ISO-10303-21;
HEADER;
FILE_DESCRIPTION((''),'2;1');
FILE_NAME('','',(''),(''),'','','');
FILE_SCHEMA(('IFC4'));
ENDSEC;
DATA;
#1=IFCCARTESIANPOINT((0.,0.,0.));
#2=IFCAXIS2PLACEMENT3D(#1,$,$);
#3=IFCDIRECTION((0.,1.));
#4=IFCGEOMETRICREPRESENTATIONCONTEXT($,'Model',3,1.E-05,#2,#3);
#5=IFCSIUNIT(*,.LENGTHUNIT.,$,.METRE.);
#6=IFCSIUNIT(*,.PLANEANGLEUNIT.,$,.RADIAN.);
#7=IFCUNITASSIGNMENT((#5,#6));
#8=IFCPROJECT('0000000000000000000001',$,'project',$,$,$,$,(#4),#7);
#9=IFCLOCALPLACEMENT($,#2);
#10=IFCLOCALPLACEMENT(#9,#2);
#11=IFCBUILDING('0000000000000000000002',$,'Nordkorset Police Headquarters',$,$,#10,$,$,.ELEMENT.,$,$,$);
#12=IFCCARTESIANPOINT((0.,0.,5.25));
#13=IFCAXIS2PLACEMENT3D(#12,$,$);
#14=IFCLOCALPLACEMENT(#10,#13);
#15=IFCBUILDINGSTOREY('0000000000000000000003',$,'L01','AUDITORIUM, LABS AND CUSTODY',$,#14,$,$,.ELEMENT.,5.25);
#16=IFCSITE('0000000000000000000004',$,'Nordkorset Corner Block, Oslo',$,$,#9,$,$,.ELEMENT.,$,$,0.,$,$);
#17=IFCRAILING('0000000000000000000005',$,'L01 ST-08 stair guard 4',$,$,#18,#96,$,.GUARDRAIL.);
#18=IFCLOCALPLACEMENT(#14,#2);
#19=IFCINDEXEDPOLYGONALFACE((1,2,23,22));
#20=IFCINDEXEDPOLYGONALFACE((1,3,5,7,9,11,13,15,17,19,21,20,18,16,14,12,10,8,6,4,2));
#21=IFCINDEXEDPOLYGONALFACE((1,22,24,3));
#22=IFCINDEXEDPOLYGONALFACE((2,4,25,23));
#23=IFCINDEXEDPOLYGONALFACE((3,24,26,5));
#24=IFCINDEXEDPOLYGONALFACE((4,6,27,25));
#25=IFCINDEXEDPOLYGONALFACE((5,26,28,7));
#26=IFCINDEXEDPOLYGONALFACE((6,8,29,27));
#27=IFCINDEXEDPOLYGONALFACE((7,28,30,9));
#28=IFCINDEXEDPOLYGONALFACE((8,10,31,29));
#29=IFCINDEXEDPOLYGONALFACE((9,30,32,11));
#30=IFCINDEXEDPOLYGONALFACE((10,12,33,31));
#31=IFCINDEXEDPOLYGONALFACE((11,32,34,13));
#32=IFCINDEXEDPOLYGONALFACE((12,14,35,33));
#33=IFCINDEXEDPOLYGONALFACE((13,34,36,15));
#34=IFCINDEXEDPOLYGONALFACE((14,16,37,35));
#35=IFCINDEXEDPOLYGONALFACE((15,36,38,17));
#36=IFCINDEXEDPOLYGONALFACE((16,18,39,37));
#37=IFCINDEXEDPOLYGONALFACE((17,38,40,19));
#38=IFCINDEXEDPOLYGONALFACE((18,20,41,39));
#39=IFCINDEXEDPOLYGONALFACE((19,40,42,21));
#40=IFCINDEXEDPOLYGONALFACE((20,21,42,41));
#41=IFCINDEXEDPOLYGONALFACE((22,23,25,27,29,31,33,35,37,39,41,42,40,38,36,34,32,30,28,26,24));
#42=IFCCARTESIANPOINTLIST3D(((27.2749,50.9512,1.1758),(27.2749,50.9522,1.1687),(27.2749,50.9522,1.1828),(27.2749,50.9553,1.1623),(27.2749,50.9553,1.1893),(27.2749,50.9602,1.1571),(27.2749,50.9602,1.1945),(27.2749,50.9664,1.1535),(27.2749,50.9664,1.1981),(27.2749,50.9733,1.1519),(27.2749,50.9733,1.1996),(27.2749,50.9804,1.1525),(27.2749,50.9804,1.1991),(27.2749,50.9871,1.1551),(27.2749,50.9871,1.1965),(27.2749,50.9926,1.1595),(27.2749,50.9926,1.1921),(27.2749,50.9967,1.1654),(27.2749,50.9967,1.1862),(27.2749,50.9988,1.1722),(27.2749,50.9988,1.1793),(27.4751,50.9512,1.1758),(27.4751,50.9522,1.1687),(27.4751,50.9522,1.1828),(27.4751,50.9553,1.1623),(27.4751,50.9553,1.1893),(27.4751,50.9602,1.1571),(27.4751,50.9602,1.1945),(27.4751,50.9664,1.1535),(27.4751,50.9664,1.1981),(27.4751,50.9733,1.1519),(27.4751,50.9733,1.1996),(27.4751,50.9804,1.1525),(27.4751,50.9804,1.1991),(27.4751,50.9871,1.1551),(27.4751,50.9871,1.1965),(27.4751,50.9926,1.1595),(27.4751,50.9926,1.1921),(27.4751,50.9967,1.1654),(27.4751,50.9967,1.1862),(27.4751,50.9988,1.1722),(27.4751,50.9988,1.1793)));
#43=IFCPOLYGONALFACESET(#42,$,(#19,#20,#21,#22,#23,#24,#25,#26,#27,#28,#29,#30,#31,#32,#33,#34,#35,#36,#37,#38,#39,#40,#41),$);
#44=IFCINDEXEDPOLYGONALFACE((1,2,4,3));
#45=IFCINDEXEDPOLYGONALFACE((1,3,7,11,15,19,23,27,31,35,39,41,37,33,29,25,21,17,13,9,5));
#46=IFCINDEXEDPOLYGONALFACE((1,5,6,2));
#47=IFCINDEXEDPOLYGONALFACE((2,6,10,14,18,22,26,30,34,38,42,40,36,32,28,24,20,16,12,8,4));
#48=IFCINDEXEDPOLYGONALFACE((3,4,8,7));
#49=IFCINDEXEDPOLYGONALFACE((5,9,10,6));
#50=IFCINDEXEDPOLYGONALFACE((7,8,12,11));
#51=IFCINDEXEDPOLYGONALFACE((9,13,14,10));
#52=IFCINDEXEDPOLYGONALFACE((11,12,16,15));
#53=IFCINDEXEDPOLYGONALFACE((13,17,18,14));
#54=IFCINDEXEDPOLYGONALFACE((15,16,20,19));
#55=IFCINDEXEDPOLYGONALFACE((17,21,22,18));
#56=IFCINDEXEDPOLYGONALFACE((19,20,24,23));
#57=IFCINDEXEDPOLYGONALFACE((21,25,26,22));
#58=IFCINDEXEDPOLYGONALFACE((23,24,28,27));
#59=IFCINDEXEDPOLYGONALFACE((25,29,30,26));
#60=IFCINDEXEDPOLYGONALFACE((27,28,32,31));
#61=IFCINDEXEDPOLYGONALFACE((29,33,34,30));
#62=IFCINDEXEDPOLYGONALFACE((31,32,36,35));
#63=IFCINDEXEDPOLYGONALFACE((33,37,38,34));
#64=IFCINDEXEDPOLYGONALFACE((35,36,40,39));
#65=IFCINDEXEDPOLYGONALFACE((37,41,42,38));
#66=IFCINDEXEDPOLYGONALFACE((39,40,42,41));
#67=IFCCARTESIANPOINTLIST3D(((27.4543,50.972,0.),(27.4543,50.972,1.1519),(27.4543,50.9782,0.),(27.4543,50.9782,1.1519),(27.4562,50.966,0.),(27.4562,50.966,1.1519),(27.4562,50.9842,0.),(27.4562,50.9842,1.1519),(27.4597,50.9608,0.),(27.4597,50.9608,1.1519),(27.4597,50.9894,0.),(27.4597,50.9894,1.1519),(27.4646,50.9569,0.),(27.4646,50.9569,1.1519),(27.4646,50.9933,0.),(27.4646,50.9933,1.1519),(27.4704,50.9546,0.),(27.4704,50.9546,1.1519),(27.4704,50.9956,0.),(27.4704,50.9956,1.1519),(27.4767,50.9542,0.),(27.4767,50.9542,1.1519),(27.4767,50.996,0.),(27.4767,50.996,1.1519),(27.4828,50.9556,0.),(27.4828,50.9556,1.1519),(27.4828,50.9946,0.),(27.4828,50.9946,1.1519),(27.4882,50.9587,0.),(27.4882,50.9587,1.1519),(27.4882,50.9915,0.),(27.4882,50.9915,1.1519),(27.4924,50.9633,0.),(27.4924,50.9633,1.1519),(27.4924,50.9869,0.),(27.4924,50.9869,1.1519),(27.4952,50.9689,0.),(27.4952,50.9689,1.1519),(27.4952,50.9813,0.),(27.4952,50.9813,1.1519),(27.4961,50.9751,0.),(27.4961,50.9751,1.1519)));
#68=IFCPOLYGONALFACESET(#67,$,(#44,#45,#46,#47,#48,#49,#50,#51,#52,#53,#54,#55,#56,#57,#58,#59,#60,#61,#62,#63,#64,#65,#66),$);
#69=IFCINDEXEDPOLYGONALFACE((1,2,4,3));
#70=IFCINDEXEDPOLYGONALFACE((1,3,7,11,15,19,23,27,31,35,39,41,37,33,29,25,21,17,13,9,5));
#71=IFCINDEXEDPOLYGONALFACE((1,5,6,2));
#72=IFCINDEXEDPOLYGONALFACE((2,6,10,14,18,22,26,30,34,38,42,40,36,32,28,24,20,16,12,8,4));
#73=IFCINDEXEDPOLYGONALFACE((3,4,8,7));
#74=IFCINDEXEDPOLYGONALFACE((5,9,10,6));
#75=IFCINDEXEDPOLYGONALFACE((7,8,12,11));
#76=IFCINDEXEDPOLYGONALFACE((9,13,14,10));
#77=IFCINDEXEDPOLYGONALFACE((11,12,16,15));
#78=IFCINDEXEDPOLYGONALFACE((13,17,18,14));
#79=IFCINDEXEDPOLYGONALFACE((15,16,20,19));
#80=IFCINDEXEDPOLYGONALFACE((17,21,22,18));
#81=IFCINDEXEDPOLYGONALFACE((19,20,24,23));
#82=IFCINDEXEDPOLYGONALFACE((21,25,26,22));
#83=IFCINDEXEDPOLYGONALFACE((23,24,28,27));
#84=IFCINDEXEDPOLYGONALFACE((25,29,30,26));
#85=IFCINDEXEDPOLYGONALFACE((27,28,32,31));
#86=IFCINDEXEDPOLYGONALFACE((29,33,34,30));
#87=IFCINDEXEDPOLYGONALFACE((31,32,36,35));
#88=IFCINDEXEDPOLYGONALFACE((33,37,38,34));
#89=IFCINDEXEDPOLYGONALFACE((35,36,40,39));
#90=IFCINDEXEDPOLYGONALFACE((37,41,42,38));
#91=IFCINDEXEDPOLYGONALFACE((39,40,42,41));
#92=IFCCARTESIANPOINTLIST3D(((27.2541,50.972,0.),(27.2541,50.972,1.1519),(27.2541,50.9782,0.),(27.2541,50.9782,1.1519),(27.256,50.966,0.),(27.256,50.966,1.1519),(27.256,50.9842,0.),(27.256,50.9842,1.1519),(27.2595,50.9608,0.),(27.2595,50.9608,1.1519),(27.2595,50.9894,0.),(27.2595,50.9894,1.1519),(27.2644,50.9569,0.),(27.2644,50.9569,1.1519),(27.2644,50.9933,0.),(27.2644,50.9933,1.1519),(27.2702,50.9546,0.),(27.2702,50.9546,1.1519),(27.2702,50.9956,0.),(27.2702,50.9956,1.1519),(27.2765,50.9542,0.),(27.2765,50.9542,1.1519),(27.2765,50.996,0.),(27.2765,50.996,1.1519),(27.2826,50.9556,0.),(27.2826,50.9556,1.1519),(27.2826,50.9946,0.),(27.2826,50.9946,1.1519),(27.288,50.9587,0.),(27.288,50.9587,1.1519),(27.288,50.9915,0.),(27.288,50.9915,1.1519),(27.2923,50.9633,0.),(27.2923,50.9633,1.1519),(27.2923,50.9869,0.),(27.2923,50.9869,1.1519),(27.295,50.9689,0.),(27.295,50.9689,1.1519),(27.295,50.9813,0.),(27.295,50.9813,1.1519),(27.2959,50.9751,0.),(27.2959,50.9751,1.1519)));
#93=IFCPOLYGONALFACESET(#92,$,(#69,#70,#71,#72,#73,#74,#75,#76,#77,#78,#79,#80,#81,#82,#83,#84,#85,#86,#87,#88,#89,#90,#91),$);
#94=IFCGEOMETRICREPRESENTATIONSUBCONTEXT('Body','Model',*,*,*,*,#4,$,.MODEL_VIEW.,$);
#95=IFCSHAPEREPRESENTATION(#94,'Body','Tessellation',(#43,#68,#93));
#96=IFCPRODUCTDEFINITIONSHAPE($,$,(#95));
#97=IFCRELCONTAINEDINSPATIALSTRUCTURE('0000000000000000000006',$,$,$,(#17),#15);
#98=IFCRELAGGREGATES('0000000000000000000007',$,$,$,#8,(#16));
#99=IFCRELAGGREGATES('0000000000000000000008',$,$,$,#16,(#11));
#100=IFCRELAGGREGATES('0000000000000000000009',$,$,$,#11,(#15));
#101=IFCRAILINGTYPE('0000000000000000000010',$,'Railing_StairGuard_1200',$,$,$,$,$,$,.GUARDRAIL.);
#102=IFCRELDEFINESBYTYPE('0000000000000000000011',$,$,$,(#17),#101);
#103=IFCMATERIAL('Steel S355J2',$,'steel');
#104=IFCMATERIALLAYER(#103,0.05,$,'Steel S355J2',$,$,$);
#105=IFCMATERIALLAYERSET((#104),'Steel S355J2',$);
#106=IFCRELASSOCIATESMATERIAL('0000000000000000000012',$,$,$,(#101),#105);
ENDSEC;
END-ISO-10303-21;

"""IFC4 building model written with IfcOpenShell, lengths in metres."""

from ifc_helpers import new_model, si_unit, direction, frame, origin, origin_2d, place, context, subcontext, project, spatial, circle, extrude, material, layer, layer_set, type_object, element, save


model = new_model("IFC4")

# Units and contexts
model_context = context("Model", 3, precision=1e-05, world=origin(), true_north=direction((0.0, 1.0)))
body_context = subcontext(model_context, "Body", "Model", "MODEL_VIEW")
ifc_project = project(units=[si_unit("LENGTHUNIT", "METRE"), si_unit("PLANEANGLEUNIT", "RADIAN")], contexts=[model_context])

# Site, building, storey
site_placement = place(None, origin())
site = spatial("IfcSite", under=ifc_project, at=site_placement, Name="Nordkorset Corner Block, Oslo", CompositionType="ELEMENT", RefElevation=0.0)
building_placement = place(site_placement, origin())
building = spatial("IfcBuilding", under=site, at=building_placement, Name="Nordkorset Police Headquarters", CompositionType="ELEMENT")
storey_placement = place(building_placement, frame((0.0, 0.0, 5.25)))
storey = spatial("IfcBuildingStorey", under=building, at=storey_placement, Name="L01", Description="AUDITORIUM, LABS AND CUSTODY", CompositionType="ELEMENT", Elevation=5.25)

# Railing
ifc_material_1 = material(Name="Steel S355J2", Category="steel")
ifc_layer_1 = layer(ifc_material_1, 0.05, Name="Steel S355J2")
ifc_layer_set_1 = layer_set([ifc_layer_1], Name="Steel S355J2")
railing_type_1 = type_object("IfcRailingType", Name="Railing_StairGuard_1200", PredefinedType="GUARDRAIL", material=ifc_layer_set_1)
railing_1_placement = place(storey_placement, frame((27.4751, 50.9751, 0.0)))
element("IfcRailing", 1, at=railing_1_placement, inside=storey, type_object=railing_type_1, Name="L01 ST-08 stair guard 4", PredefinedType="GUARDRAIL", context=body_context, shape_type="SweptSolid", body=[
    extrude(circle(Radius=0.0239, at=origin_2d()), frame((0.0, 0.0, 1.1758), z_axis=(-1.0, 0.0, 0.0), x_axis=(0.0, -1.0, 0.0)), (0.0, 0.0, 1.0), 0.2002),
    extrude(circle(Radius=0.021, at=origin_2d()), origin(), (0.0, 0.0, 1.0), 1.1519),
    extrude(circle(Radius=0.021, at=origin_2d()), frame((-0.2002, 0.0, 0.0)), (0.0, 0.0, 1.0), 1.1519),
])

save(model, "model.ifc")
